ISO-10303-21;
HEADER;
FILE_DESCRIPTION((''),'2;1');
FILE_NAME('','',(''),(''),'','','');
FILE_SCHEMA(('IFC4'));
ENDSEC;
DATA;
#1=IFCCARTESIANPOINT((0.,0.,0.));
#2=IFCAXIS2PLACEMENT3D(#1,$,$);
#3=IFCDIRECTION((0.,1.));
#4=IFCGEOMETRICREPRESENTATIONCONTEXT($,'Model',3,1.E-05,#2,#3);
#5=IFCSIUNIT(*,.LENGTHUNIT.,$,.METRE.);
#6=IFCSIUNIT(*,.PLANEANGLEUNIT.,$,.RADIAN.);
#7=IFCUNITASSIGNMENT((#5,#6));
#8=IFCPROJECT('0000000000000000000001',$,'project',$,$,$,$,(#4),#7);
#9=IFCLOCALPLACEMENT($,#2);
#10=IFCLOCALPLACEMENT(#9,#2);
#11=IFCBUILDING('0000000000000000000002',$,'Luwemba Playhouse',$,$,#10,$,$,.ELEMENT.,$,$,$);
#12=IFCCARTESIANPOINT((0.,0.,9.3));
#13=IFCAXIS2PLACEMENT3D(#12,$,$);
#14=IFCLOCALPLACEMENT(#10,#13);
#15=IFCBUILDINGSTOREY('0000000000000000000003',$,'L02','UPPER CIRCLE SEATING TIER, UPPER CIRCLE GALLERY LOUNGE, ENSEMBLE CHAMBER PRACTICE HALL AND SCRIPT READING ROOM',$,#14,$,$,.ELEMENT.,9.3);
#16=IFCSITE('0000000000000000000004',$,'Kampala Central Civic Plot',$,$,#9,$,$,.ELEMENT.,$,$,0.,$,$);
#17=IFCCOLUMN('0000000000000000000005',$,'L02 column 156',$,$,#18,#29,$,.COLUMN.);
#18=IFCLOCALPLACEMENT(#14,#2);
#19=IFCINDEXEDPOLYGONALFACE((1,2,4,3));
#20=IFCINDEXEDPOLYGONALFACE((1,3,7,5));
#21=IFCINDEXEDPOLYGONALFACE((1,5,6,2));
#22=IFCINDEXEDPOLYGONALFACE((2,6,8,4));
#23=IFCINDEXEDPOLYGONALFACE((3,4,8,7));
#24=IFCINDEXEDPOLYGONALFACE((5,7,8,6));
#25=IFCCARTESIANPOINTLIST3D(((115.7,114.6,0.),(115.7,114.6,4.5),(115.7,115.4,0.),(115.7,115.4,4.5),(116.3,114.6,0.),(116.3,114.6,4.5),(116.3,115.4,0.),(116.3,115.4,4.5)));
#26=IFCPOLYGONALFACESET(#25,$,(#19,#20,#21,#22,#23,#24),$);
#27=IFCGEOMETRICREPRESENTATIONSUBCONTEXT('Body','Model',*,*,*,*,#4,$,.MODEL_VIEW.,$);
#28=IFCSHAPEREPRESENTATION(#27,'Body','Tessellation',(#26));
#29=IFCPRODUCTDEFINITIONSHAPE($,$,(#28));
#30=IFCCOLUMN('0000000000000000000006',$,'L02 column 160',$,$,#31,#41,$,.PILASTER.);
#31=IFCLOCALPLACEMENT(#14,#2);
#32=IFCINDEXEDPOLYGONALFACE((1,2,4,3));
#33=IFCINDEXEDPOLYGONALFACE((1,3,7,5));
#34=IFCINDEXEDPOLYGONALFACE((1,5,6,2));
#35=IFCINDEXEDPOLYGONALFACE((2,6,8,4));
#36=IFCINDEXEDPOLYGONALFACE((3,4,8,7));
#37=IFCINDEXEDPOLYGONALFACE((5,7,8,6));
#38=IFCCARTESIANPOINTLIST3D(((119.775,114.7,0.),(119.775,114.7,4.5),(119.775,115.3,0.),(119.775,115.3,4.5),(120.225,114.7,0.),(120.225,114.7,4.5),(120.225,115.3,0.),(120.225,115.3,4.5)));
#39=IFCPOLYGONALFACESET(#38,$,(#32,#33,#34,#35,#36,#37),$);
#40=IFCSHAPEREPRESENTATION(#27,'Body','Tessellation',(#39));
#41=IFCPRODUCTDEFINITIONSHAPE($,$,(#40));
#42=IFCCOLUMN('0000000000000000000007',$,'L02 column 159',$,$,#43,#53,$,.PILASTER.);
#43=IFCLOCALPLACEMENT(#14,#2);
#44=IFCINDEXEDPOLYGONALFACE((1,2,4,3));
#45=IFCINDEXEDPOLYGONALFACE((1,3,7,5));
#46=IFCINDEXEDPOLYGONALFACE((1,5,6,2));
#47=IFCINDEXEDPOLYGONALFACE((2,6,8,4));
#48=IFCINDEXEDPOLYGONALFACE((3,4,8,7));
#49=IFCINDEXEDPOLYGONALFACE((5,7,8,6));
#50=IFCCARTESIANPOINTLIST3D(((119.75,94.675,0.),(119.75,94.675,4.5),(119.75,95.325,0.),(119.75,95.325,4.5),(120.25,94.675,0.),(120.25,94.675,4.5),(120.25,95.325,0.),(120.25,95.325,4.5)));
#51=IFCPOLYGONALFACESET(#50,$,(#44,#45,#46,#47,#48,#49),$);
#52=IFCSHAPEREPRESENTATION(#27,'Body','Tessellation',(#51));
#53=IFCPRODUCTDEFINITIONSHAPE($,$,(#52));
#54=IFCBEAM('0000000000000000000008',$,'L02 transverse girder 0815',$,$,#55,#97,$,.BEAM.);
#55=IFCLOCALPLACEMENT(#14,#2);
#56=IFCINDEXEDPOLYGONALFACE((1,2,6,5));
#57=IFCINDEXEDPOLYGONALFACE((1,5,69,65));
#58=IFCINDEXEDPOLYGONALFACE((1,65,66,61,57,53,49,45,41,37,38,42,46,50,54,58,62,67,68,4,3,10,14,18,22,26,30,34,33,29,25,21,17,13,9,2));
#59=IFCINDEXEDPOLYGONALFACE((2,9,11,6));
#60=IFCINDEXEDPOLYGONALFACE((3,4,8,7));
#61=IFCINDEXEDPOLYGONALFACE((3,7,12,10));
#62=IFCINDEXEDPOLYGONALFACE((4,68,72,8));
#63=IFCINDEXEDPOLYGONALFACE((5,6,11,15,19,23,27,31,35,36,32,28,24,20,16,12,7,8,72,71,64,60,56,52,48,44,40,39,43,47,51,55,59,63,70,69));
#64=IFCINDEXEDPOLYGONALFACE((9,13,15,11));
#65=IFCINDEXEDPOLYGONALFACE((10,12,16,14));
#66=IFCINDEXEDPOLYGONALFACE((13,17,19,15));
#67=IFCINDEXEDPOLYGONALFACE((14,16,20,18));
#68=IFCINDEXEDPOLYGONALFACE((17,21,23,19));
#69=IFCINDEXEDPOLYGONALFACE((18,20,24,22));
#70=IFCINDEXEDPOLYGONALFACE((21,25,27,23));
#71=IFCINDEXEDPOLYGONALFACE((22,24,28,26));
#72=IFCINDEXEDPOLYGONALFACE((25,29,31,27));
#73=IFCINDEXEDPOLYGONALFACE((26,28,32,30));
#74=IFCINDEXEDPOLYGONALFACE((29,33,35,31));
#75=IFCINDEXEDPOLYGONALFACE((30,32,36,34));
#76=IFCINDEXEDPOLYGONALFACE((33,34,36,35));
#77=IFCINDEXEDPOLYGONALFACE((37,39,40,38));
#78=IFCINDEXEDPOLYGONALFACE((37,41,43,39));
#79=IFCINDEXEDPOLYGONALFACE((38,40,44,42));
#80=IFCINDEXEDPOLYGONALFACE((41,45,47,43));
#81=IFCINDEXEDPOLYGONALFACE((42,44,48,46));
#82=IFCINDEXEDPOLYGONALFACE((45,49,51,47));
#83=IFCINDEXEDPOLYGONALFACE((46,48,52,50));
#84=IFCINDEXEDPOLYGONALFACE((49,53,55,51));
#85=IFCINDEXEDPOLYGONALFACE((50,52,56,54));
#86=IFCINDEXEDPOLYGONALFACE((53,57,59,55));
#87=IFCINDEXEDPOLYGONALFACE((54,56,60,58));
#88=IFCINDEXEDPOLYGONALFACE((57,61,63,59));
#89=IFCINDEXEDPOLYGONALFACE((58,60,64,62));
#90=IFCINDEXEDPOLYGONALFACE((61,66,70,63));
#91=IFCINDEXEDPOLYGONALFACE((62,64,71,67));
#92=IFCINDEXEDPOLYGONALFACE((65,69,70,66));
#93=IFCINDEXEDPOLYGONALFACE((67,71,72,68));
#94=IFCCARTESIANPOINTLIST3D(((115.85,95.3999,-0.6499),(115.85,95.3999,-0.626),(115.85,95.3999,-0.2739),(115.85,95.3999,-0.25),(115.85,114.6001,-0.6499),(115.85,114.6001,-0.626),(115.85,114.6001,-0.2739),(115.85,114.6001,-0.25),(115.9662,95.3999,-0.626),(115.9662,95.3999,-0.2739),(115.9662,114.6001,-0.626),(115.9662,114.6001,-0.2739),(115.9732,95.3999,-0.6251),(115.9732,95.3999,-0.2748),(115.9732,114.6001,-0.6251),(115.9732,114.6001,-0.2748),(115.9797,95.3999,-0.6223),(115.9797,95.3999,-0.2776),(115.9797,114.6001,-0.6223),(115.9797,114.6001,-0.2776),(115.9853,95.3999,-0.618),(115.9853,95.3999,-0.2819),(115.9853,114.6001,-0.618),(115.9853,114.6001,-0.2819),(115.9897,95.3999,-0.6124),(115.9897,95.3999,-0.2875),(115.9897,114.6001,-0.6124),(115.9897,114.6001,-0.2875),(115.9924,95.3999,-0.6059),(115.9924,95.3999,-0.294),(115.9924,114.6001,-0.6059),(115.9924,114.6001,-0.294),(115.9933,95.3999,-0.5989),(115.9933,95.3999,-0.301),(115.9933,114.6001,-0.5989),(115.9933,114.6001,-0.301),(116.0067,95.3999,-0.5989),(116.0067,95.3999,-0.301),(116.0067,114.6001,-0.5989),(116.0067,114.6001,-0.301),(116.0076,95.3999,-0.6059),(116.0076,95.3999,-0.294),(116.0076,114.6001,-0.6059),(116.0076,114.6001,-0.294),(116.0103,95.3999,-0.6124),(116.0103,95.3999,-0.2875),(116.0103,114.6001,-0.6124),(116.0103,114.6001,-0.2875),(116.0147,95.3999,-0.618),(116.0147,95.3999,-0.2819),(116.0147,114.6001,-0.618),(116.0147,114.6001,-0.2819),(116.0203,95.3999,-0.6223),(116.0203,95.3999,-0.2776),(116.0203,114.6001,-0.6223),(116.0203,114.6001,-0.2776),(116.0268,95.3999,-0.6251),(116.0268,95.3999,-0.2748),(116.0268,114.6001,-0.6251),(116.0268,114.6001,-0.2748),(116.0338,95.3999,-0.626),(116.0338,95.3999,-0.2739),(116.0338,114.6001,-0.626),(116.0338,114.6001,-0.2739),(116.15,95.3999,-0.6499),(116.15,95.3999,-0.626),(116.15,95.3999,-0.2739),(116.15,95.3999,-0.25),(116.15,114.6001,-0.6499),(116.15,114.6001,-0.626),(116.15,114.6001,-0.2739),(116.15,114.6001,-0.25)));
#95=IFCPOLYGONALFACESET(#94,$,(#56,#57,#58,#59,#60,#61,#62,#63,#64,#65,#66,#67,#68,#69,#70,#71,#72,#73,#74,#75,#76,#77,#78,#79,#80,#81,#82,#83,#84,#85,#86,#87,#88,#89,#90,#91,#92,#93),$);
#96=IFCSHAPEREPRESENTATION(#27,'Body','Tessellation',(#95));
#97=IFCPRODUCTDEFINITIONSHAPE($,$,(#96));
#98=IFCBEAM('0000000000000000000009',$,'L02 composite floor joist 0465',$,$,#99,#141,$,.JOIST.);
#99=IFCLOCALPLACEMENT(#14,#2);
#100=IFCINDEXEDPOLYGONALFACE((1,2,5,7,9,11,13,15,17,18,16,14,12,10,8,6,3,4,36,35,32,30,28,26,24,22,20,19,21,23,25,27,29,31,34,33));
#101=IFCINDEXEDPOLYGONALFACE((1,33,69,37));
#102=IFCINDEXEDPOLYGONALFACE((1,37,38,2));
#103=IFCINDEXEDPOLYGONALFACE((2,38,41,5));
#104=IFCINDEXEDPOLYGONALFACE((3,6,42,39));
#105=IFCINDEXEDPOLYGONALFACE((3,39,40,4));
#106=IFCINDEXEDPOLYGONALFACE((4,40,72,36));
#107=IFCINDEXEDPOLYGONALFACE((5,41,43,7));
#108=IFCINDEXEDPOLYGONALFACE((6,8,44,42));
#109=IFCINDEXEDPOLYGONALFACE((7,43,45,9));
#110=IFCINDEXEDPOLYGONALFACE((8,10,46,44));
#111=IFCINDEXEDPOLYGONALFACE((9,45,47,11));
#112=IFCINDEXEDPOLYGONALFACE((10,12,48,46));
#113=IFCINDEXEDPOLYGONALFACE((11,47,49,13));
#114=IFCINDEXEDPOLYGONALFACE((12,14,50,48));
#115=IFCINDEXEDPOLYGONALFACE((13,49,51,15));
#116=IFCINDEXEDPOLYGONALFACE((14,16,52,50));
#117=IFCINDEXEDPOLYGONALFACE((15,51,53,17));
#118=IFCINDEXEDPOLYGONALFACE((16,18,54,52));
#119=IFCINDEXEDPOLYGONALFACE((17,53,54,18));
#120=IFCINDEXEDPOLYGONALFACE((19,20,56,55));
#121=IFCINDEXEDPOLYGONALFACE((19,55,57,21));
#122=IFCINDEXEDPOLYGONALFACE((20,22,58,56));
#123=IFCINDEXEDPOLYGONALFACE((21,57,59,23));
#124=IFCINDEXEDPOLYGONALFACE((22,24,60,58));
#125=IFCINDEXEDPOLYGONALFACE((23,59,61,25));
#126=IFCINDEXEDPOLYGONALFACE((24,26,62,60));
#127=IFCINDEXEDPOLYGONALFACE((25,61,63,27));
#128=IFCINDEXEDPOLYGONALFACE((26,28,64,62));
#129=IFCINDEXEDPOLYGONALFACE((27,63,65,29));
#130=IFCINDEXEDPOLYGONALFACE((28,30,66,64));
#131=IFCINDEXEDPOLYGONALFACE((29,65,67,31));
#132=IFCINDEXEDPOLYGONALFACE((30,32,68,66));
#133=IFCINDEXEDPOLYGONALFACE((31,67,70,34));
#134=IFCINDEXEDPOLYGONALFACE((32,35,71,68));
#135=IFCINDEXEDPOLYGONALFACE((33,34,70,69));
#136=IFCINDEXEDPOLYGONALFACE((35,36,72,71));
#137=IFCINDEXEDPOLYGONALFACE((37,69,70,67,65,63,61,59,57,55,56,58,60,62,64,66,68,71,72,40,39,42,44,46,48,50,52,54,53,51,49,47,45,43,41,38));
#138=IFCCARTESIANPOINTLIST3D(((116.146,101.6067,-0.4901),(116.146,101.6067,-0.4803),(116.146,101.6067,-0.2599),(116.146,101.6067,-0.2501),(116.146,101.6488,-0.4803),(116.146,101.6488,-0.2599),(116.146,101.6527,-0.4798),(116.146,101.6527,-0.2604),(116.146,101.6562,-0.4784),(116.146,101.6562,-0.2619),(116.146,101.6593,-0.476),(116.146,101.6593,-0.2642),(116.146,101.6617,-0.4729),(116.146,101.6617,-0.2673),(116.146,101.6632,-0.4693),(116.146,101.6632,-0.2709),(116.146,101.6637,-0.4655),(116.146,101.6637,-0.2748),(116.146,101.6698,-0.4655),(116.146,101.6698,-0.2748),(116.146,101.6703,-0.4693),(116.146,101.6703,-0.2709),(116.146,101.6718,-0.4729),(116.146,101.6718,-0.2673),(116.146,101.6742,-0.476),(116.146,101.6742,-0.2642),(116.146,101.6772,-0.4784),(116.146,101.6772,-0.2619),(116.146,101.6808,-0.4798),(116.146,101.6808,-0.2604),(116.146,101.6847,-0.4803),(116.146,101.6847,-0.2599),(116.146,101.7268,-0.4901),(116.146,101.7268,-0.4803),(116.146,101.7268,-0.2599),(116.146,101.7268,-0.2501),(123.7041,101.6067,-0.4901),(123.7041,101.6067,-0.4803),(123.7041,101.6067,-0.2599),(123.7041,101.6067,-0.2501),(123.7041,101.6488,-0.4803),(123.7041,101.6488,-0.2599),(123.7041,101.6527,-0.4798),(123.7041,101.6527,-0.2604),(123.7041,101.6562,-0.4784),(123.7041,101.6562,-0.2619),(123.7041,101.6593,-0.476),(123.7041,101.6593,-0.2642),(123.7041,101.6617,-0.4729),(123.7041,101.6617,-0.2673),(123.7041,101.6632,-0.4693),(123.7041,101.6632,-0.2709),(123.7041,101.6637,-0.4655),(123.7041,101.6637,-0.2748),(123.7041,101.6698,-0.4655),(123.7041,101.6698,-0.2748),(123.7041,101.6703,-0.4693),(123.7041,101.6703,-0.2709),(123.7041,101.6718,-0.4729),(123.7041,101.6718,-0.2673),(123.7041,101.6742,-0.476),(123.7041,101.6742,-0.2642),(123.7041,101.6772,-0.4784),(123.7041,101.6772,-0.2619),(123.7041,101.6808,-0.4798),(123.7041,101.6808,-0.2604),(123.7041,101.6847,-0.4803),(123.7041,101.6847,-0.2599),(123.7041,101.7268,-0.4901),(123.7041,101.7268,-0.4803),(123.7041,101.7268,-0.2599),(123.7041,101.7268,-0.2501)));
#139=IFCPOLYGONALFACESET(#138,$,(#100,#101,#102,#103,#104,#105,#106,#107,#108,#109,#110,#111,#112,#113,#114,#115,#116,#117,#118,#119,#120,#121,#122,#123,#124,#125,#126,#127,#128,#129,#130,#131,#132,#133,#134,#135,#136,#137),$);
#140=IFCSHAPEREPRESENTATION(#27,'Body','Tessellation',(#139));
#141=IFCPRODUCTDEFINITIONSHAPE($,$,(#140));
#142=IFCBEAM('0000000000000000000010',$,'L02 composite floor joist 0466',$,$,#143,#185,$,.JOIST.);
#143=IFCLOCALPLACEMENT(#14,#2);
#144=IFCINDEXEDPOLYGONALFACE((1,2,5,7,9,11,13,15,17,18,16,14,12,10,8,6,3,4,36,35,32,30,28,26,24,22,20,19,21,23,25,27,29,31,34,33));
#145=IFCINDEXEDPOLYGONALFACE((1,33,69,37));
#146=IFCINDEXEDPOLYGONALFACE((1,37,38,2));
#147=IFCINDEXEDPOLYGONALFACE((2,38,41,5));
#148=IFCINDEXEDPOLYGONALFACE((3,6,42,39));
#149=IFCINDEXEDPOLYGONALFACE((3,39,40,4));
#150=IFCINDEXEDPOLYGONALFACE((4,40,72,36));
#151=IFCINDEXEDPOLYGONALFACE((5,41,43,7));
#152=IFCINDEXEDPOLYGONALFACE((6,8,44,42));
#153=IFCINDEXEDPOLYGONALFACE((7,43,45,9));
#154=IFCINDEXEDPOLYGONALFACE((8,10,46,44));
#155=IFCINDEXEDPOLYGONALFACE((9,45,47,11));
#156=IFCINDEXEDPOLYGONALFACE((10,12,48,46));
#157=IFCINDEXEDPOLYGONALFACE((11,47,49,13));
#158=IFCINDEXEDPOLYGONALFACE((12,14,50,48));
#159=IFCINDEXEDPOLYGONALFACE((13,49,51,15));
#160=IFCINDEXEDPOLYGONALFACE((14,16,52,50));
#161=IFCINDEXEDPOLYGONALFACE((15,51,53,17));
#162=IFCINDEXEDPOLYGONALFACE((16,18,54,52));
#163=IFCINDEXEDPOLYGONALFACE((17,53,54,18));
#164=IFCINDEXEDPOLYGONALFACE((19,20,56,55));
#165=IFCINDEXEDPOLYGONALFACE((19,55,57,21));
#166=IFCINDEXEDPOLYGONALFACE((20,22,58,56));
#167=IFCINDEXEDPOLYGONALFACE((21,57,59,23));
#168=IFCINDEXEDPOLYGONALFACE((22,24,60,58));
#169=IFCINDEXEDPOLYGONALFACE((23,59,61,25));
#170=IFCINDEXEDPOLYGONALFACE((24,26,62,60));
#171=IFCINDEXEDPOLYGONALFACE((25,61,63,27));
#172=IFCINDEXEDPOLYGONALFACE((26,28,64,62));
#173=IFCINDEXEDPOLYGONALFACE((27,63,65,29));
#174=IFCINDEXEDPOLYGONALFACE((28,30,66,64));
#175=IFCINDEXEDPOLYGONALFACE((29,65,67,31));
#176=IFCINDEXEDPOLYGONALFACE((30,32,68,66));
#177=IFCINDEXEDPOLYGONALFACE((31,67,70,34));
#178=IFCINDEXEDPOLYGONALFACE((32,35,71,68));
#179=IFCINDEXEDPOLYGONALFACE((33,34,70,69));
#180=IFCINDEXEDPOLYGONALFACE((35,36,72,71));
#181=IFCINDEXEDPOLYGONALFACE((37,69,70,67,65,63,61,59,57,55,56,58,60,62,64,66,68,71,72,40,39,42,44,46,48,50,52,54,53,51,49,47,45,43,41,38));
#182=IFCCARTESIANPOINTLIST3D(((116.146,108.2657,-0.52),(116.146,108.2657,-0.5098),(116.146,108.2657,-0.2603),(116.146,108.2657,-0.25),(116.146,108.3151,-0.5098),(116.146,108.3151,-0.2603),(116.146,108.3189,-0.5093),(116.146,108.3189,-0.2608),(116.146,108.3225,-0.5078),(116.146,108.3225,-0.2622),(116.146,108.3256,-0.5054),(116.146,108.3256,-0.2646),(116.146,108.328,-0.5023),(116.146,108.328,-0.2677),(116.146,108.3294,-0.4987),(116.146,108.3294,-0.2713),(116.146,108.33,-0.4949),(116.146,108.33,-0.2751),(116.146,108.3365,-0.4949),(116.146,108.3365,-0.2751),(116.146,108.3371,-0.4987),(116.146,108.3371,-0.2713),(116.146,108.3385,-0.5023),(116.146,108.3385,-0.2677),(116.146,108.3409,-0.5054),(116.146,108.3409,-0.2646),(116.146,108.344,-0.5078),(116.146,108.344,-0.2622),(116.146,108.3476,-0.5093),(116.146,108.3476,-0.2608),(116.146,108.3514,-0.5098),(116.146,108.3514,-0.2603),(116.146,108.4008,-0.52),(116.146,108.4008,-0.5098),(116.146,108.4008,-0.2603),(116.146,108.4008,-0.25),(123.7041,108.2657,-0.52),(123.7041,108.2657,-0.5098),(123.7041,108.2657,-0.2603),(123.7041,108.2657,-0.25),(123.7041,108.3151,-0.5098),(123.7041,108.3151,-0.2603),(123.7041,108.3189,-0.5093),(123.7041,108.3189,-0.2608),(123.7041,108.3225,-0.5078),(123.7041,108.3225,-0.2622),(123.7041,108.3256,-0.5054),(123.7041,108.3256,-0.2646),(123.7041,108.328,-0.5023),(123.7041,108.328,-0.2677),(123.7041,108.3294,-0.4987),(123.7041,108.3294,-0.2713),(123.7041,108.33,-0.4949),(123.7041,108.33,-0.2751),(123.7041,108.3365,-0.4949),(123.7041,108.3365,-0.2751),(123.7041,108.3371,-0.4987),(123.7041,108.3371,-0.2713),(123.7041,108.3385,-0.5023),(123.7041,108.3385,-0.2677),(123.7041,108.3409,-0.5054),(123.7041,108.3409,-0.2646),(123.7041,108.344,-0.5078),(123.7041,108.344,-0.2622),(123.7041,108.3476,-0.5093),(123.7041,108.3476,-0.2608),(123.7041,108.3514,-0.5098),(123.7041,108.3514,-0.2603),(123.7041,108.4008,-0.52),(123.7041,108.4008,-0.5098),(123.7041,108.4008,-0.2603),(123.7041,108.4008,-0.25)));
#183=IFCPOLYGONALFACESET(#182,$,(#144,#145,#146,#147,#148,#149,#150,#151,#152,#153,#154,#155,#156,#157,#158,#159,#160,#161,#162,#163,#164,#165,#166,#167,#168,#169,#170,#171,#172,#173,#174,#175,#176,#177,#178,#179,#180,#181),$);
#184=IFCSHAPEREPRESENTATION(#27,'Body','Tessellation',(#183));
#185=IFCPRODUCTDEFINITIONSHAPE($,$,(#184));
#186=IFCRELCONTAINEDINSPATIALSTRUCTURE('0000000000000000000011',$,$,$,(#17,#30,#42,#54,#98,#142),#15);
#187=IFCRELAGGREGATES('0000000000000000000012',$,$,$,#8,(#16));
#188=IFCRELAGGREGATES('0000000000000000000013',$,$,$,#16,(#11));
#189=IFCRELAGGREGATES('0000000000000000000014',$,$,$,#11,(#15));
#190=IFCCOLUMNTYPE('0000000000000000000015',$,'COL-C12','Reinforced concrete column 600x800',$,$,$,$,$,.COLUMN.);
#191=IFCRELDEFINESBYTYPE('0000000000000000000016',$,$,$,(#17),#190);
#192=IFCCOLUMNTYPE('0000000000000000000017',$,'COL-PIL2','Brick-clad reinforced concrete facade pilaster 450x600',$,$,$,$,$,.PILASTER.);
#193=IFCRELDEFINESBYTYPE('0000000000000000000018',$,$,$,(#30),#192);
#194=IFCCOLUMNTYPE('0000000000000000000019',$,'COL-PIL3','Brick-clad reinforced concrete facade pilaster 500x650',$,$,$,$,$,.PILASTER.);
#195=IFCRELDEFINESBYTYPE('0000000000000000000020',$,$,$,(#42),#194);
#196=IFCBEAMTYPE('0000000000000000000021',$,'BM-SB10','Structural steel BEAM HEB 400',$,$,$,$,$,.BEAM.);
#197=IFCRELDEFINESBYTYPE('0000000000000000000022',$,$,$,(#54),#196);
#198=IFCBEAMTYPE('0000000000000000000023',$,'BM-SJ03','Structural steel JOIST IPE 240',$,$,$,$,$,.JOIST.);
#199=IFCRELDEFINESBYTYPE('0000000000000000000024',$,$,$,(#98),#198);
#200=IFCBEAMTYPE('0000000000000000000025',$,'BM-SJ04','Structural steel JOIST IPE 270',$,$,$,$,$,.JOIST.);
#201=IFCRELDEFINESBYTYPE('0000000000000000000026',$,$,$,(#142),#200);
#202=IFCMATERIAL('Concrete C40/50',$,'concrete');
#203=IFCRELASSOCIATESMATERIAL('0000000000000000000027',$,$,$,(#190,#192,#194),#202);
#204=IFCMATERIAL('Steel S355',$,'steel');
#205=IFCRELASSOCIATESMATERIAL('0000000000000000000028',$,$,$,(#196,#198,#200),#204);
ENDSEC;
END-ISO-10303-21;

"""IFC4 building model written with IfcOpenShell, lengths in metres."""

from ifc_helpers import new_model, si_unit, direction, frame, origin, origin_2d, place, context, subcontext, project, spatial, rectangle, i_section, extrude, material, material_profile, profile_set, type_object, element, save


model = new_model("IFC4")

# Units and contexts
model_context = context("Model", 3, precision=1e-05, world=origin(), true_north=direction((0.0, 1.0)))
body_context = subcontext(model_context, "Body", "Model", "MODEL_VIEW")
ifc_project = project(units=[si_unit("LENGTHUNIT", "METRE"), si_unit("PLANEANGLEUNIT", "RADIAN")], contexts=[model_context])

# Site, building, storey
site_placement = place(None, origin())
site = spatial("IfcSite", under=ifc_project, at=site_placement, Name="Kampala Central Civic Plot", CompositionType="ELEMENT", RefElevation=0.0)
building_placement = place(site_placement, origin())
building = spatial("IfcBuilding", under=site, at=building_placement, Name="Luwemba Playhouse", CompositionType="ELEMENT")
storey_placement = place(building_placement, frame((0.0, 0.0, 9.3)))
storey = spatial("IfcBuildingStorey", under=building, at=storey_placement, Name="L02", Description="UPPER CIRCLE SEATING TIER, UPPER CIRCLE GALLERY LOUNGE, ENSEMBLE CHAMBER PRACTICE HALL AND SCRIPT READING ROOM", CompositionType="ELEMENT", Elevation=9.3)

# Columns
ifc_material_1 = material(Name="Concrete C40/50", Category="concrete")
ifc_material_profile_1 = material_profile(ifc_material_1, rectangle(XDim=0.6001, YDim=0.8, at=origin_2d()))
ifc_profile_set_1 = profile_set([ifc_material_profile_1], Name="Concrete C40/50")
column_type_1 = type_object("IfcColumnType", Name="COL-C12", Description="Reinforced concrete column 600x800", PredefinedType="COLUMN", material=ifc_profile_set_1)
column_1_placement = place(storey_placement, frame((116.0, 115.0, 0.0), z_axis=(0.0, 0.0, 1.0), x_axis=(1.0, 0.0, 0.0)))
element("IfcColumn", 1, at=column_1_placement, inside=storey, type_object=column_type_1, Name="L02 column 156", PredefinedType="COLUMN", context=body_context, shape_type="SweptSolid", body=[
    extrude(rectangle(XDim=0.6001, YDim=0.8, at=origin_2d()), origin(), (0.0, 0.0, 1.0), 4.5),
])
ifc_material_profile_2 = material_profile(ifc_material_1, rectangle(XDim=0.45, YDim=0.6001, at=origin_2d()))
ifc_profile_set_2 = profile_set([ifc_material_profile_2], Name="Concrete C40/50")
column_type_2 = type_object("IfcColumnType", Name="COL-PIL2", Description="Brick-clad reinforced concrete facade pilaster 450x600", PredefinedType="PILASTER", material=ifc_profile_set_2)
column_2_placement = place(storey_placement, frame((120.0, 115.0, 0.0), z_axis=(0.0, 0.0, 1.0), x_axis=(1.0, 0.0, 0.0)))
element("IfcColumn", 2, at=column_2_placement, inside=storey, type_object=column_type_2, Name="L02 column 160", PredefinedType="PILASTER", context=body_context, shape_type="SweptSolid", body=[
    extrude(rectangle(XDim=0.45, YDim=0.6001, at=origin_2d()), origin(), (0.0, 0.0, 1.0), 4.5),
])
ifc_material_profile_3 = material_profile(ifc_material_1, rectangle(XDim=0.5, YDim=0.6499, at=origin_2d()))
ifc_profile_set_3 = profile_set([ifc_material_profile_3], Name="Concrete C40/50")
column_type_3 = type_object("IfcColumnType", Name="COL-PIL3", Description="Brick-clad reinforced concrete facade pilaster 500x650", PredefinedType="PILASTER", material=ifc_profile_set_3)
column_3_placement = place(storey_placement, frame((120.0, 95.0, 0.0), z_axis=(0.0, 0.0, 1.0), x_axis=(1.0, 0.0, 0.0)))
element("IfcColumn", 3, at=column_3_placement, inside=storey, type_object=column_type_3, Name="L02 column 159", PredefinedType="PILASTER", context=body_context, shape_type="SweptSolid", body=[
    extrude(rectangle(XDim=0.5, YDim=0.6499, at=origin_2d()), origin(), (0.0, 0.0, 1.0), 4.5),
])

# Beams
ifc_material_2 = material(Name="Steel S355", Category="steel")
ifc_material_profile_4 = material_profile(ifc_material_2, i_section(OverallWidth=0.3, OverallDepth=0.3999, WebThickness=0.0134, FlangeThickness=0.0239, FilletRadius=0.0271, at=origin_2d()))
ifc_profile_set_4 = profile_set([ifc_material_profile_4], Name="Steel S355")
beam_type_1 = type_object("IfcBeamType", Name="BM-SB10", Description="Structural steel BEAM HEB 400", PredefinedType="BEAM", material=ifc_profile_set_4)
beam_1_placement = place(storey_placement, frame((116.0, 95.3999, -0.45), z_axis=(0.0, 1.0, 0.0), x_axis=(-1.0, 0.0, 0.0)))
element("IfcBeam", 4, at=beam_1_placement, inside=storey, type_object=beam_type_1, Name="L02 transverse girder 0815", PredefinedType="BEAM", context=body_context, shape_type="SweptSolid", body=[
    extrude(i_section(OverallWidth=0.3, OverallDepth=0.3999, WebThickness=0.0134, FlangeThickness=0.0239, FilletRadius=0.0271, at=origin_2d()), origin(), (0.0, 0.0, 1.0), 19.2002),
])
ifc_material_profile_5 = material_profile(ifc_material_2, i_section(OverallWidth=0.1201, OverallDepth=0.24, WebThickness=0.0061, FlangeThickness=0.0098, FilletRadius=0.0149, at=origin_2d()))
ifc_profile_set_5 = profile_set([ifc_material_profile_5], Name="Steel S355")
beam_type_2 = type_object("IfcBeamType", Name="BM-SJ03", Description="Structural steel JOIST IPE 240", PredefinedType="JOIST", material=ifc_profile_set_5)
beam_2_placement = place(storey_placement, frame((116.146, 101.6667, -0.3701), z_axis=(1.0, 0.0, 0.0), x_axis=(0.0, 1.0, 0.0)))
element("IfcBeam", 5, at=beam_2_placement, inside=storey, type_object=beam_type_2, Name="L02 composite floor joist 0465", PredefinedType="JOIST", context=body_context, shape_type="SweptSolid", body=[
    extrude(i_section(OverallWidth=0.1201, OverallDepth=0.24, WebThickness=0.0061, FlangeThickness=0.0098, FilletRadius=0.0149, at=origin_2d()), origin(), (0.0, 0.0, 1.0), 7.5581),
])
ifc_material_profile_6 = material_profile(ifc_material_2, i_section(OverallWidth=0.135, OverallDepth=0.27, WebThickness=0.0066, FlangeThickness=0.0103, FilletRadius=0.0149, at=origin_2d()))
ifc_profile_set_6 = profile_set([ifc_material_profile_6], Name="Steel S355")
beam_type_3 = type_object("IfcBeamType", Name="BM-SJ04", Description="Structural steel JOIST IPE 270", PredefinedType="JOIST", material=ifc_profile_set_6)
beam_3_placement = place(storey_placement, frame((116.146, 108.3333, -0.385), z_axis=(1.0, 0.0, 0.0), x_axis=(0.0, 1.0, 0.0)))
element("IfcBeam", 6, at=beam_3_placement, inside=storey, type_object=beam_type_3, Name="L02 composite floor joist 0466", PredefinedType="JOIST", context=body_context, shape_type="SweptSolid", body=[
    extrude(i_section(OverallWidth=0.135, OverallDepth=0.27, WebThickness=0.0066, FlangeThickness=0.0103, FilletRadius=0.0149, at=origin_2d()), origin(), (0.0, 0.0, 1.0), 7.5581),
])

save(model, "model.ifc")
